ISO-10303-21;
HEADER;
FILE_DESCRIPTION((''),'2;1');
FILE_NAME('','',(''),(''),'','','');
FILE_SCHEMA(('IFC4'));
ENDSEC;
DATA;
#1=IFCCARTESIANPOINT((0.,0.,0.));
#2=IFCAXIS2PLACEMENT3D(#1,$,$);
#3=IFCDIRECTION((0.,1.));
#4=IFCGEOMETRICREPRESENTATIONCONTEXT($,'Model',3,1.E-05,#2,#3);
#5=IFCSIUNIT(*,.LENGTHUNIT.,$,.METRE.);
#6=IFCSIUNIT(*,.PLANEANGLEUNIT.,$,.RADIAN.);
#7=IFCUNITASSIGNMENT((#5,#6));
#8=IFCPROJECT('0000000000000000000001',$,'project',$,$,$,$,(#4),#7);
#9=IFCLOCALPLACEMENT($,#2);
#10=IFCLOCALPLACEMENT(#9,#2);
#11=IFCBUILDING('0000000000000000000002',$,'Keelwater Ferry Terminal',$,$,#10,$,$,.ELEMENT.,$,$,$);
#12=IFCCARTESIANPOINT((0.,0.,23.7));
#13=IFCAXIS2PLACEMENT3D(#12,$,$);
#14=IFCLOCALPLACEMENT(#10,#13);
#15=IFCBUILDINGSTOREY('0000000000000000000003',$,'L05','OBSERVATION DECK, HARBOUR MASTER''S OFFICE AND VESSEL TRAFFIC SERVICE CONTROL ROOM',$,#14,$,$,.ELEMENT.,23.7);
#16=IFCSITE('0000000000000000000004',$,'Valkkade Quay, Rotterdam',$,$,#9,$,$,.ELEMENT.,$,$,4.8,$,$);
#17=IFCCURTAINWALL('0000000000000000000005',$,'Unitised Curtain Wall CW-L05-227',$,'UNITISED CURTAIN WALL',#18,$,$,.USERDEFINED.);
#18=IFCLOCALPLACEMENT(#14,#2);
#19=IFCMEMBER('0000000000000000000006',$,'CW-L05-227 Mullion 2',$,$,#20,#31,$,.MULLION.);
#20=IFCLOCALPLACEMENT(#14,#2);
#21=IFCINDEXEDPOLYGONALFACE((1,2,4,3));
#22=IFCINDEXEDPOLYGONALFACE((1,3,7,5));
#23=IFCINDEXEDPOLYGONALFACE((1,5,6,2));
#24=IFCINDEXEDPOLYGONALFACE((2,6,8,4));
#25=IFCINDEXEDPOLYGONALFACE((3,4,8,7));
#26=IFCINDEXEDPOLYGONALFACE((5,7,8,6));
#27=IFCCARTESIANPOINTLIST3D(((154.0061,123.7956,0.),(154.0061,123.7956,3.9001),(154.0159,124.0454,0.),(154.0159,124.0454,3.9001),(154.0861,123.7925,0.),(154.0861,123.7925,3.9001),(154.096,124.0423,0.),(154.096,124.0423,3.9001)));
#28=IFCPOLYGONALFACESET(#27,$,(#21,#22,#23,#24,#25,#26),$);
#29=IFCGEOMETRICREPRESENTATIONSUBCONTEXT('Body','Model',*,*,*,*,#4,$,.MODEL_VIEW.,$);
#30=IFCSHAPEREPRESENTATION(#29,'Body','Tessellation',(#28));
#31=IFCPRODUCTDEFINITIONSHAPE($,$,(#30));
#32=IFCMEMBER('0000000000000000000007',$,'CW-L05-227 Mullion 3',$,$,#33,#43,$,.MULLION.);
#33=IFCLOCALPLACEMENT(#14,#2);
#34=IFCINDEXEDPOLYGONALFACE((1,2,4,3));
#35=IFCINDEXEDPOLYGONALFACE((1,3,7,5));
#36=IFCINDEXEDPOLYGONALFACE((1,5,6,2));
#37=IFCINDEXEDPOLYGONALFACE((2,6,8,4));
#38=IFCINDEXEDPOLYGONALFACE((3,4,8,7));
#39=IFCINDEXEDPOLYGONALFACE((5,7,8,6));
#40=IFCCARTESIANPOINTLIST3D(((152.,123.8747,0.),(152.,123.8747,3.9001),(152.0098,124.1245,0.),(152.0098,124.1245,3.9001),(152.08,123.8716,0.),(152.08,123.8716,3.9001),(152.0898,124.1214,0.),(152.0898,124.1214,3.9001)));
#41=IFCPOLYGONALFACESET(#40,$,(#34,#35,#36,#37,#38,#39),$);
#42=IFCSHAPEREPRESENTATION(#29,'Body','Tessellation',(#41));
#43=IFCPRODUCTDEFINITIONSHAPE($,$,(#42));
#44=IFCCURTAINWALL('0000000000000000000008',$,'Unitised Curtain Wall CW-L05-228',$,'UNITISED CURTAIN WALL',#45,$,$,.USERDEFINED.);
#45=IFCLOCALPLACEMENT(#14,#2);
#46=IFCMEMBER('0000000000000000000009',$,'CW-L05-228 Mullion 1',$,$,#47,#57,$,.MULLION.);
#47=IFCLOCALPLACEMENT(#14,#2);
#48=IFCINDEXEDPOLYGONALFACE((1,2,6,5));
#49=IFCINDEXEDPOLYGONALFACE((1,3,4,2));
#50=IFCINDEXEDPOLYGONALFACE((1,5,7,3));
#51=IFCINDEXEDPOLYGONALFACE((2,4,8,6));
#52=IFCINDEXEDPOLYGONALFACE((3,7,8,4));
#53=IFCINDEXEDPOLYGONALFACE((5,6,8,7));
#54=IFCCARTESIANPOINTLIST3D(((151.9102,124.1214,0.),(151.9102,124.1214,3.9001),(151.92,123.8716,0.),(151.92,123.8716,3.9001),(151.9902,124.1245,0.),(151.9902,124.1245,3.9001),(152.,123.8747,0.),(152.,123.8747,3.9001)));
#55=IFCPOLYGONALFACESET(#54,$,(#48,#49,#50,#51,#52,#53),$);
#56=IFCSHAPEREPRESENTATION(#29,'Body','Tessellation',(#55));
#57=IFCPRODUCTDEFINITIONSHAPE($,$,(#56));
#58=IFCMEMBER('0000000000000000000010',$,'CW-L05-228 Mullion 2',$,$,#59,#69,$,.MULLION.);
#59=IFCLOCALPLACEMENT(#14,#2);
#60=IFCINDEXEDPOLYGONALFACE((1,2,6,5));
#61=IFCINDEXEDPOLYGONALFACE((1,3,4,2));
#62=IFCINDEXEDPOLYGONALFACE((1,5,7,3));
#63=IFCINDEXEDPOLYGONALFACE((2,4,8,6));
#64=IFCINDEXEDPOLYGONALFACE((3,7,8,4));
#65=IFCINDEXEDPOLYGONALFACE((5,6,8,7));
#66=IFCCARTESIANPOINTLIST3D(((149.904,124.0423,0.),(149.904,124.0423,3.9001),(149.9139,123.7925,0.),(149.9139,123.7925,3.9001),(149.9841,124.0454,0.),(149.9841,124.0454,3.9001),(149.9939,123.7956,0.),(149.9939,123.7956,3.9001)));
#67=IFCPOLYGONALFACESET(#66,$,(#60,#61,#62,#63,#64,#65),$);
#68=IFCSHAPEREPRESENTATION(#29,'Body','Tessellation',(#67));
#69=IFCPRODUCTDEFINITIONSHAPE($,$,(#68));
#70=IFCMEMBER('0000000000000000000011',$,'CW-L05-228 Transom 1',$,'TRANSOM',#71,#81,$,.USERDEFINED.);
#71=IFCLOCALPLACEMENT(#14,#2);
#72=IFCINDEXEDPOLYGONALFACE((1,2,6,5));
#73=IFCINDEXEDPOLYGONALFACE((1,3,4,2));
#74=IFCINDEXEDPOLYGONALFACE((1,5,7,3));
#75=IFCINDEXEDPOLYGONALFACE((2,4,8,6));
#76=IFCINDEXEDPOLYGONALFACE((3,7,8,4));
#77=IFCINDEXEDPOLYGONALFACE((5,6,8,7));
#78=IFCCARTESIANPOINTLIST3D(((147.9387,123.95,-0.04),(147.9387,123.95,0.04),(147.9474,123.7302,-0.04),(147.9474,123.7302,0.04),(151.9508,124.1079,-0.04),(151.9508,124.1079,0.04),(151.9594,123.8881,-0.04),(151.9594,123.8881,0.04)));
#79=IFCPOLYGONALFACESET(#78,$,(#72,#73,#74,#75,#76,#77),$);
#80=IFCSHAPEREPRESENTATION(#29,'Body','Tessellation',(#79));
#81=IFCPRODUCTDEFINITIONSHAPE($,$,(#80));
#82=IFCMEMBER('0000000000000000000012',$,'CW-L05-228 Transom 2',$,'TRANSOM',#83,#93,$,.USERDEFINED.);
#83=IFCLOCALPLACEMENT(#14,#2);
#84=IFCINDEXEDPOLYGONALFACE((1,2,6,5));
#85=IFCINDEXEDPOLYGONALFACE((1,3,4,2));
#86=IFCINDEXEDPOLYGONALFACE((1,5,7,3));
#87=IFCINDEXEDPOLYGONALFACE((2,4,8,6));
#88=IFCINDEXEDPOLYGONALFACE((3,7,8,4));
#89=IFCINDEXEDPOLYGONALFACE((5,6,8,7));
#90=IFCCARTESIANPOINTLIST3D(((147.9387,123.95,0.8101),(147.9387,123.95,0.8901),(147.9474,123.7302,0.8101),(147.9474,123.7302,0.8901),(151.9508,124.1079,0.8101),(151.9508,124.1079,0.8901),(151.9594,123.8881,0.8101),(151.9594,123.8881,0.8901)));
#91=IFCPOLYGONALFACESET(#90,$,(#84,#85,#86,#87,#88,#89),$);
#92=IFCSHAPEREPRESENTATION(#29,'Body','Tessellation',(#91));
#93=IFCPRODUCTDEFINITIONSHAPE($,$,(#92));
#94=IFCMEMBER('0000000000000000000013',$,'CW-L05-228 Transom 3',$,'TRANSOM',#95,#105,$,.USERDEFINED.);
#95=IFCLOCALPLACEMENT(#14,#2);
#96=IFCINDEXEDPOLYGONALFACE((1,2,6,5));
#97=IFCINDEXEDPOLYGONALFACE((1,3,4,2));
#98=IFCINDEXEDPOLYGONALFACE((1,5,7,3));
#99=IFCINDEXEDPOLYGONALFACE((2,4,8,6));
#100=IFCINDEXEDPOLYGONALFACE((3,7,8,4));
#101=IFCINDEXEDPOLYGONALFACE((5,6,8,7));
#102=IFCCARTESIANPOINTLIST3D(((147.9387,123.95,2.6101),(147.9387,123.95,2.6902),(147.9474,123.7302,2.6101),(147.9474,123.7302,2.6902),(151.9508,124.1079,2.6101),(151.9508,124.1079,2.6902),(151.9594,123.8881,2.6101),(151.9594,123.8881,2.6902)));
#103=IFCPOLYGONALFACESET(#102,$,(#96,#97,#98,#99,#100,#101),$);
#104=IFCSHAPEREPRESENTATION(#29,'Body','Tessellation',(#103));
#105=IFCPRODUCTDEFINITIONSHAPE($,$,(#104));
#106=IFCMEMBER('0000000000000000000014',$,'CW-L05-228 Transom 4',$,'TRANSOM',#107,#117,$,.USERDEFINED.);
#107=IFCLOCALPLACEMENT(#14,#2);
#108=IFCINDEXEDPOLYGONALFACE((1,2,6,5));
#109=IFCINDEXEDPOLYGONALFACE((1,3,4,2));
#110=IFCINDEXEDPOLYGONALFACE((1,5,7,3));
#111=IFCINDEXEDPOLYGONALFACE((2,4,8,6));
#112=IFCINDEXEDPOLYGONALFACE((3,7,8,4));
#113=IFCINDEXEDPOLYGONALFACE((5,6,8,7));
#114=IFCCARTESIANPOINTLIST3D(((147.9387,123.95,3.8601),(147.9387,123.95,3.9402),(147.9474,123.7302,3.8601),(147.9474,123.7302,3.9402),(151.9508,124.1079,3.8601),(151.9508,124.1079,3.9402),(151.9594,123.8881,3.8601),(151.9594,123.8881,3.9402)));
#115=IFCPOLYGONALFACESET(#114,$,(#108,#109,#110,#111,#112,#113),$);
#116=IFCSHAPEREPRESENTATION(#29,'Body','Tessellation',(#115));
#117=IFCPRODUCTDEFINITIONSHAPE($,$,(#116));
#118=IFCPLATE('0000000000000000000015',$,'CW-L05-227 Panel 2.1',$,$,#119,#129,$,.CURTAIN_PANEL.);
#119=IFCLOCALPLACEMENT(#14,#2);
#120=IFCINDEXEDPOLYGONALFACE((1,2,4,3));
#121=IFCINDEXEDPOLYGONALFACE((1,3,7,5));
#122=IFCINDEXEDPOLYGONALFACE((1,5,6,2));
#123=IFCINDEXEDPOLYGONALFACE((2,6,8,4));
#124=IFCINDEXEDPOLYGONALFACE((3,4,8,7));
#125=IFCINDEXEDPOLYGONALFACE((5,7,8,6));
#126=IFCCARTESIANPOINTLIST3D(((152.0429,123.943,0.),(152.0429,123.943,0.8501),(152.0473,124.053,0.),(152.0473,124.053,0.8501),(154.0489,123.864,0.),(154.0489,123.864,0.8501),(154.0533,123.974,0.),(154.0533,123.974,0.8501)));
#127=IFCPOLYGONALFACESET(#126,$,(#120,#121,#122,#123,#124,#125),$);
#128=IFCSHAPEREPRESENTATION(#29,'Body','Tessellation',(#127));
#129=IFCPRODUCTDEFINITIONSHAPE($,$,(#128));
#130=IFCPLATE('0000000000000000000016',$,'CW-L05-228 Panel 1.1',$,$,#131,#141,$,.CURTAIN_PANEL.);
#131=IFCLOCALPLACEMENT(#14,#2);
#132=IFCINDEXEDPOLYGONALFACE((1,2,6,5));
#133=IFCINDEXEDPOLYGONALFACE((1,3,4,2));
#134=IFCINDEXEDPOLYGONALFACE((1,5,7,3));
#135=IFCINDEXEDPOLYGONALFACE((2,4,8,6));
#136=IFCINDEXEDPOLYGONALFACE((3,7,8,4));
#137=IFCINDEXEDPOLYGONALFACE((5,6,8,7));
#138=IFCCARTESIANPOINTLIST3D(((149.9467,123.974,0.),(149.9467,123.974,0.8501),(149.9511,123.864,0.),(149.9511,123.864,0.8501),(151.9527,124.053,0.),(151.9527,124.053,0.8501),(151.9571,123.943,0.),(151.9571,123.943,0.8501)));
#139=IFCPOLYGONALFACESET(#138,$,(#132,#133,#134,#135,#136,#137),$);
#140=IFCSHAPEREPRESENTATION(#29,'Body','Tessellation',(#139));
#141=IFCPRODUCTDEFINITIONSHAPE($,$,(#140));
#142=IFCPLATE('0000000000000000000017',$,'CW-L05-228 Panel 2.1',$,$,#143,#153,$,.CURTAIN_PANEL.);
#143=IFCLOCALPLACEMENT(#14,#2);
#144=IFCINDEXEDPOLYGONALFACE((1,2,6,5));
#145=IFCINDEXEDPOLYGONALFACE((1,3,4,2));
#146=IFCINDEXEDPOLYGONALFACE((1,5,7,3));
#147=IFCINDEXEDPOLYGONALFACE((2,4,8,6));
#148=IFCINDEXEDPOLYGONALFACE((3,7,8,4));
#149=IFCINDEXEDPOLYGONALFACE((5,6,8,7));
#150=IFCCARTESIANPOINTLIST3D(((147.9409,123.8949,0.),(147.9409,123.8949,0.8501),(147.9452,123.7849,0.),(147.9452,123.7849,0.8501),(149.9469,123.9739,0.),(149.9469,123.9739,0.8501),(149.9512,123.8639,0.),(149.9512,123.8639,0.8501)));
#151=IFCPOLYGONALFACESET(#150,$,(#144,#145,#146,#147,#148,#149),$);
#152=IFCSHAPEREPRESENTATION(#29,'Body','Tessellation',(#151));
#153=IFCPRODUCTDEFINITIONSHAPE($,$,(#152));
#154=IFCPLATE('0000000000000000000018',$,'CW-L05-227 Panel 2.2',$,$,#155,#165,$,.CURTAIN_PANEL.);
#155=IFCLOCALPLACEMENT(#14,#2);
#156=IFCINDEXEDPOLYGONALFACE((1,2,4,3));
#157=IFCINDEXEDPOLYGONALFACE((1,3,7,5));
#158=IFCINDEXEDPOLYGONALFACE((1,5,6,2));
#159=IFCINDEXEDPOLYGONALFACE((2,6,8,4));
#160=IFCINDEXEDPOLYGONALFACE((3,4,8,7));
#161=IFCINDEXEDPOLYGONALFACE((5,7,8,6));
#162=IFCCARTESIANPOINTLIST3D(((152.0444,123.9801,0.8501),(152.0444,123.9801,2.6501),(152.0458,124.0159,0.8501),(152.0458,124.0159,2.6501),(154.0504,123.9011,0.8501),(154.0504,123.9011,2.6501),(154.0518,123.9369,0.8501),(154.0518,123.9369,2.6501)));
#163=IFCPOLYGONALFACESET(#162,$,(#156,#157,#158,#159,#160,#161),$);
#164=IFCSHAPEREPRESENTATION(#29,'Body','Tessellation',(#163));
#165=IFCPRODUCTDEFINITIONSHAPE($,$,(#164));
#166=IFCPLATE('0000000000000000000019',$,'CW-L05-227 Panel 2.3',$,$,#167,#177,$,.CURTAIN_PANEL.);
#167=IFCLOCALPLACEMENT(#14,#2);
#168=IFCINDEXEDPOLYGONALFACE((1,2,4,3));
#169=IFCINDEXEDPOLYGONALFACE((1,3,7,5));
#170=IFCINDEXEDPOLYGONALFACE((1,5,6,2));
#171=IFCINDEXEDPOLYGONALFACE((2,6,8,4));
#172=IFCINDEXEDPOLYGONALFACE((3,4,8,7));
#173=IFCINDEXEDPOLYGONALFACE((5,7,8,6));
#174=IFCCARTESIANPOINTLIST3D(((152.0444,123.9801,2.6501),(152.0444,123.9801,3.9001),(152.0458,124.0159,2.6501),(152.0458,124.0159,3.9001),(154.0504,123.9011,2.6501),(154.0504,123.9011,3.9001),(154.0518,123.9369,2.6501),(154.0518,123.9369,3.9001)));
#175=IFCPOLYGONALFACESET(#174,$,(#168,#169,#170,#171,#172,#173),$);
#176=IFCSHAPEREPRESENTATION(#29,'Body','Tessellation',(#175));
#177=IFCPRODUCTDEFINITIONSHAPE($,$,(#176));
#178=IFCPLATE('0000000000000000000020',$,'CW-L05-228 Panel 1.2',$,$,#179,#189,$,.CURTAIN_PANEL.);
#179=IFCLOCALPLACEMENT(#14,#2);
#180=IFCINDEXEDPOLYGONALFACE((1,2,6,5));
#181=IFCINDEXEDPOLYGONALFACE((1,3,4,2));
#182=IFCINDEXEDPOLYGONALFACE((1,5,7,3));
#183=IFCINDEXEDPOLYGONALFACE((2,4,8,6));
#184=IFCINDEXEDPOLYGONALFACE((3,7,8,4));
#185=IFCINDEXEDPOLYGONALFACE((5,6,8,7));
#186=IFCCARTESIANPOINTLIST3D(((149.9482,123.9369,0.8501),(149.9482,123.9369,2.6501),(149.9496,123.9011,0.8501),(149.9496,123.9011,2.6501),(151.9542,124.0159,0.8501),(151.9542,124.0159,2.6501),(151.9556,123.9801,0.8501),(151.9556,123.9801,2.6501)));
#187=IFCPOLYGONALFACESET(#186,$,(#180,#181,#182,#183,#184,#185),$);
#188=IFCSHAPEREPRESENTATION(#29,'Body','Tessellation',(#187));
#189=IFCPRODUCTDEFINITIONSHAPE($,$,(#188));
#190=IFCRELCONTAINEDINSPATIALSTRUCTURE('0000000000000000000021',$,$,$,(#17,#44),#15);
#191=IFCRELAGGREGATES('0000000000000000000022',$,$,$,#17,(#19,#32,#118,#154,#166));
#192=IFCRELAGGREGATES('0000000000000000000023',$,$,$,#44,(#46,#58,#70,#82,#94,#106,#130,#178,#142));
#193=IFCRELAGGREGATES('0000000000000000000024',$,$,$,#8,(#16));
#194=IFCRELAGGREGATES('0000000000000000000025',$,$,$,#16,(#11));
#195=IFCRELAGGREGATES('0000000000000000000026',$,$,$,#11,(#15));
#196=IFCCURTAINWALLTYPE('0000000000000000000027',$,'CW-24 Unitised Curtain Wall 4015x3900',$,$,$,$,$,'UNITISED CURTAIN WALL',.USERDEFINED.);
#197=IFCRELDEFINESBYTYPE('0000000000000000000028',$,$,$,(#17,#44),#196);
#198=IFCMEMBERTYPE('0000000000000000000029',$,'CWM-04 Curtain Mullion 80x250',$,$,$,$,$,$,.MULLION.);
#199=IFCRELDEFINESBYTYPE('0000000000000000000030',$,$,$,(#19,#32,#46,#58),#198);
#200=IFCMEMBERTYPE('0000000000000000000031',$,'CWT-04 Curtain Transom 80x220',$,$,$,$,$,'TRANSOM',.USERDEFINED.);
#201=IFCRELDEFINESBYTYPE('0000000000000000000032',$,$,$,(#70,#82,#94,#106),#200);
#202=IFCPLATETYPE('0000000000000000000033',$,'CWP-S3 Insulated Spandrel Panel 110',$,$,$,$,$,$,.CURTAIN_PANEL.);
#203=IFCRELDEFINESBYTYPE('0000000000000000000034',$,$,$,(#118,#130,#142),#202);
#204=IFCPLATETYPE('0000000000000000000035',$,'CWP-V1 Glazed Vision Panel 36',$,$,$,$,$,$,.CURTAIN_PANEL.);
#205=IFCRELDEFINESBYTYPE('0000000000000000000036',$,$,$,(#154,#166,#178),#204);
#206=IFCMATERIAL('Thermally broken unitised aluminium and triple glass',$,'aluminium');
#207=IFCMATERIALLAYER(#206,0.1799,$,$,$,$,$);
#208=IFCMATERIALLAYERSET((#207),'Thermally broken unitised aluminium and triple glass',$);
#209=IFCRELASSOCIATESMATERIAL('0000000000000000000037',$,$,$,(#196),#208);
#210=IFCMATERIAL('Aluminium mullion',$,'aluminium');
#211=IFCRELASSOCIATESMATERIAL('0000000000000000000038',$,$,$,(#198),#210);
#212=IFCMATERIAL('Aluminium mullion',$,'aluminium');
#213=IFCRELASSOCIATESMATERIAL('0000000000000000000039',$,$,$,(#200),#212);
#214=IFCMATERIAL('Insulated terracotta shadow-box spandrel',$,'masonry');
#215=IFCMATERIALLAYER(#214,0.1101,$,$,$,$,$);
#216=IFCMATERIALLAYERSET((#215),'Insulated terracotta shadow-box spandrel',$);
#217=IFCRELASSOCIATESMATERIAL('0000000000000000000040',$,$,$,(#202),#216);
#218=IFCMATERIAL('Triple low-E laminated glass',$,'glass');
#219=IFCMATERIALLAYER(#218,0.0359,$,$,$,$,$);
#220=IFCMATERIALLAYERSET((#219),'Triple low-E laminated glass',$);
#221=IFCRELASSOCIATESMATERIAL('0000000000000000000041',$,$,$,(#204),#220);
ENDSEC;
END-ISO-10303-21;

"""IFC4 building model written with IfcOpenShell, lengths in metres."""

from ifc_helpers import new_model, si_unit, direction, frame, origin, origin_2d, place, context, subcontext, project, spatial, rectangle, extrude, material, layer, layer_set, material_profile, profile_set, type_object, element, aggregate, save


model = new_model("IFC4")

# Units and contexts
model_context = context("Model", 3, precision=1e-05, world=origin(), true_north=direction((0.0, 1.0)))
body_context = subcontext(model_context, "Body", "Model", "MODEL_VIEW")
ifc_project = project(units=[si_unit("LENGTHUNIT", "METRE"), si_unit("PLANEANGLEUNIT", "RADIAN")], contexts=[model_context])

# Site, building, storey
site_placement = place(None, origin())
site = spatial("IfcSite", under=ifc_project, at=site_placement, Name="Valkkade Quay, Rotterdam", CompositionType="ELEMENT", RefElevation=4.8)
building_placement = place(site_placement, origin())
building = spatial("IfcBuilding", under=site, at=building_placement, Name="Keelwater Ferry Terminal", CompositionType="ELEMENT")
storey_placement = place(building_placement, frame((0.0, 0.0, 23.7)))
storey = spatial("IfcBuildingStorey", under=building, at=storey_placement, Name="L05", Description="OBSERVATION DECK, HARBOUR MASTER'S OFFICE AND VESSEL TRAFFIC SERVICE CONTROL ROOM", CompositionType="ELEMENT", Elevation=23.7)

# Curtain walls, members
ifc_material_1 = material(Name="Thermally broken unitised aluminium and triple glass", Category="aluminium")
ifc_layer_1 = layer(ifc_material_1, 0.1799)
ifc_layer_set_1 = layer_set([ifc_layer_1], Name="Thermally broken unitised aluminium and triple glass")
curtain_wall_type = type_object("IfcCurtainWallType", Name="CW-24 Unitised Curtain Wall 4015x3900", ElementType="UNITISED CURTAIN WALL", PredefinedType="USERDEFINED", material=ifc_layer_set_1)
curtain_wall_1_placement = place(storey_placement, origin())
curtain_wall_1 = element("IfcCurtainWall", 1, at=curtain_wall_1_placement, inside=storey, type_object=curtain_wall_type, Name="Unitised Curtain Wall CW-L05-227", ObjectType="UNITISED CURTAIN WALL", PredefinedType="USERDEFINED")
ifc_material_2 = material(Name="Aluminium mullion", Category="aluminium")
ifc_material_profile_1 = material_profile(ifc_material_2, rectangle(XDim=0.0801, YDim=0.25, at=origin_2d()), Name="CWM-04")
ifc_profile_set_1 = profile_set([ifc_material_profile_1], Name="Aluminium mullion")
member_type_1 = type_object("IfcMemberType", Name="CWM-04 Curtain Mullion 80x250", PredefinedType="MULLION", material=ifc_profile_set_1)
member_1_placement = place(storey_placement, frame((154.051, 123.9189, 0.0), z_axis=(0.0, 0.0, 1.0), x_axis=(-0.999225, 0.039351, 0.0)))
member_1 = element("IfcMember", 2, at=member_1_placement, type_object=member_type_1, Name="CW-L05-227 Mullion 2", PredefinedType="MULLION", context=body_context, shape_type="SweptSolid", body=[
    extrude(rectangle(XDim=0.0801, YDim=0.25, at=origin_2d()), origin(), (0.0, 0.0, 1.0), 3.9001),
])
member_2_placement = place(storey_placement, frame((152.0449, 123.998, 0.0), z_axis=(0.0, 0.0, 1.0), x_axis=(-0.999225, 0.039351, 0.0)))
member_2 = element("IfcMember", 3, at=member_2_placement, type_object=member_type_1, Name="CW-L05-227 Mullion 3", PredefinedType="MULLION", context=body_context, shape_type="SweptSolid", body=[
    extrude(rectangle(XDim=0.0801, YDim=0.25, at=origin_2d()), origin(), (0.0, 0.0, 1.0), 3.9001),
])
curtain_wall_2_placement = place(storey_placement, origin())
curtain_wall_2 = element("IfcCurtainWall", 4, at=curtain_wall_2_placement, inside=storey, type_object=curtain_wall_type, Name="Unitised Curtain Wall CW-L05-228", ObjectType="UNITISED CURTAIN WALL", PredefinedType="USERDEFINED")
member_3_placement = place(storey_placement, frame((151.9551, 123.998, 0.0), z_axis=(0.0, 0.0, 1.0), x_axis=(-0.999225, -0.039351, 0.0)))
member_3 = element("IfcMember", 5, at=member_3_placement, type_object=member_type_1, Name="CW-L05-228 Mullion 1", PredefinedType="MULLION", context=body_context, shape_type="SweptSolid", body=[
    extrude(rectangle(XDim=0.0801, YDim=0.25, at=origin_2d()), origin(), (0.0, 0.0, 1.0), 3.9001),
])
member_4_placement = place(storey_placement, frame((149.949, 123.9189, 0.0), z_axis=(0.0, 0.0, 1.0), x_axis=(-0.999225, -0.039351, 0.0)))
member_4 = element("IfcMember", 6, at=member_4_placement, type_object=member_type_1, Name="CW-L05-228 Mullion 2", PredefinedType="MULLION", context=body_context, shape_type="SweptSolid", body=[
    extrude(rectangle(XDim=0.0801, YDim=0.25, at=origin_2d()), origin(), (0.0, 0.0, 1.0), 3.9001),
])
ifc_material_3 = material(Name="Aluminium mullion", Category="aluminium")
ifc_material_profile_2 = material_profile(ifc_material_3, rectangle(XDim=0.22, YDim=0.0801, at=origin_2d()), Name="CWT-04")
ifc_profile_set_2 = profile_set([ifc_material_profile_2], Name="Aluminium mullion")
member_type_2 = type_object("IfcMemberType", Name="CWT-04 Curtain Transom 80x220", ElementType="TRANSOM", PredefinedType="USERDEFINED", material=ifc_profile_set_2)
member_5_placement = place(storey_placement, frame((151.9551, 123.998, 0.0), z_axis=(-0.999226, -0.039342, 0.0), x_axis=(0.039342, -0.999226, 0.0)))
member_5 = element("IfcMember", 7, at=member_5_placement, type_object=member_type_2, Name="CW-L05-228 Transom 1", ObjectType="TRANSOM", PredefinedType="USERDEFINED", context=body_context, shape_type="SweptSolid", body=[
    extrude(rectangle(XDim=0.22, YDim=0.0801, at=origin_2d()), origin(), (0.0, 0.0, 1.0), 4.0151),
])
member_6_placement = place(storey_placement, frame((151.9551, 123.998, 0.8501), z_axis=(-0.999226, -0.039342, 0.0), x_axis=(0.039342, -0.999226, 0.0)))
member_6 = element("IfcMember", 8, at=member_6_placement, type_object=member_type_2, Name="CW-L05-228 Transom 2", ObjectType="TRANSOM", PredefinedType="USERDEFINED", context=body_context, shape_type="SweptSolid", body=[
    extrude(rectangle(XDim=0.22, YDim=0.0801, at=origin_2d()), origin(), (0.0, 0.0, 1.0), 4.0151),
])
member_7_placement = place(storey_placement, frame((151.9551, 123.998, 2.6501), z_axis=(-0.999226, -0.039342, 0.0), x_axis=(0.039342, -0.999226, 0.0)))
member_7 = element("IfcMember", 9, at=member_7_placement, type_object=member_type_2, Name="CW-L05-228 Transom 3", ObjectType="TRANSOM", PredefinedType="USERDEFINED", context=body_context, shape_type="SweptSolid", body=[
    extrude(rectangle(XDim=0.22, YDim=0.0801, at=origin_2d()), origin(), (0.0, 0.0, 1.0), 4.0151),
])
member_8_placement = place(storey_placement, frame((151.9551, 123.998, 3.9001), z_axis=(-0.999226, -0.039342, 0.0), x_axis=(0.039342, -0.999226, 0.0)))
member_8 = element("IfcMember", 10, at=member_8_placement, type_object=member_type_2, Name="CW-L05-228 Transom 4", ObjectType="TRANSOM", PredefinedType="USERDEFINED", context=body_context, shape_type="SweptSolid", body=[
    extrude(rectangle(XDim=0.22, YDim=0.0801, at=origin_2d()), origin(), (0.0, 0.0, 1.0), 4.0151),
])

# Plates
ifc_material_4 = material(Name="Insulated terracotta shadow-box spandrel", Category="masonry")
ifc_layer_2 = layer(ifc_material_4, 0.1101)
ifc_layer_set_2 = layer_set([ifc_layer_2], Name="Insulated terracotta shadow-box spandrel")
plate_type_1 = type_object("IfcPlateType", Name="CWP-S3 Insulated Spandrel Panel 110", PredefinedType="CURTAIN_PANEL", material=ifc_layer_set_2)
plate_1_placement = place(storey_placement, frame((153.0481, 123.9585, 0.0), z_axis=(0.0, 0.0, 1.0), x_axis=(-0.999225, 0.039351, 0.0)))
plate_1 = element("IfcPlate", 11, at=plate_1_placement, type_object=plate_type_1, Name="CW-L05-227 Panel 2.1", PredefinedType="CURTAIN_PANEL", context=body_context, shape_type="SweptSolid", body=[
    extrude(rectangle(XDim=2.0076, YDim=0.1101, at=origin_2d()), origin(), (0.0, 0.0, 1.0), 0.8501),
])
plate_2_placement = place(storey_placement, frame((150.9519, 123.9585, 0.0), z_axis=(0.0, 0.0, 1.0), x_axis=(-0.999225, -0.039351, 0.0)))
plate_2 = element("IfcPlate", 12, at=plate_2_placement, type_object=plate_type_1, Name="CW-L05-228 Panel 1.1", PredefinedType="CURTAIN_PANEL", context=body_context, shape_type="SweptSolid", body=[
    extrude(rectangle(XDim=2.0076, YDim=0.1101, at=origin_2d()), origin(), (0.0, 0.0, 1.0), 0.8501),
])
plate_3_placement = place(storey_placement, frame((148.946, 123.8794, 0.0), z_axis=(0.0, 0.0, 1.0), x_axis=(-0.999225, -0.039351, 0.0)))
plate_3 = element("IfcPlate", 13, at=plate_3_placement, type_object=plate_type_1, Name="CW-L05-228 Panel 2.1", PredefinedType="CURTAIN_PANEL", context=body_context, shape_type="SweptSolid", body=[
    extrude(rectangle(XDim=2.0076, YDim=0.1101, at=origin_2d()), origin(), (0.0, 0.0, 1.0), 0.8501),
])
ifc_material_5 = material(Name="Triple low-E laminated glass", Category="glass")
ifc_layer_3 = layer(ifc_material_5, 0.0359)
ifc_layer_set_3 = layer_set([ifc_layer_3], Name="Triple low-E laminated glass")
plate_type_2 = type_object("IfcPlateType", Name="CWP-V1 Glazed Vision Panel 36", PredefinedType="CURTAIN_PANEL", material=ifc_layer_set_3)
plate_4_placement = place(storey_placement, frame((153.0481, 123.9585, 0.8501), z_axis=(0.0, 0.0, 1.0), x_axis=(-0.999225, 0.039351, 0.0)))
plate_4 = element("IfcPlate", 14, at=plate_4_placement, type_object=plate_type_2, Name="CW-L05-227 Panel 2.2", PredefinedType="CURTAIN_PANEL", context=body_context, shape_type="SweptSolid", body=[
    extrude(rectangle(XDim=2.0076, YDim=0.0359, at=origin_2d()), origin(), (0.0, 0.0, 1.0), 1.8),
])
plate_5_placement = place(storey_placement, frame((153.0481, 123.9585, 2.6501), z_axis=(0.0, 0.0, 1.0), x_axis=(-0.999225, 0.039351, 0.0)))
plate_5 = element("IfcPlate", 15, at=plate_5_placement, type_object=plate_type_2, Name="CW-L05-227 Panel 2.3", PredefinedType="CURTAIN_PANEL", context=body_context, shape_type="SweptSolid", body=[
    extrude(rectangle(XDim=2.0076, YDim=0.0359, at=origin_2d()), origin(), (0.0, 0.0, 1.0), 1.25),
])
aggregate(curtain_wall_1, [member_1, member_2, plate_1, plate_4, plate_5])
plate_6_placement = place(storey_placement, frame((150.9519, 123.9585, 0.8501), z_axis=(0.0, 0.0, 1.0), x_axis=(-0.999225, -0.039351, 0.0)))
plate_6 = element("IfcPlate", 16, at=plate_6_placement, type_object=plate_type_2, Name="CW-L05-228 Panel 1.2", PredefinedType="CURTAIN_PANEL", context=body_context, shape_type="SweptSolid", body=[
    extrude(rectangle(XDim=2.0076, YDim=0.0359, at=origin_2d()), origin(), (0.0, 0.0, 1.0), 1.8),
])
aggregate(curtain_wall_2, [member_3, member_4, member_5, member_6, member_7, member_8, plate_2, plate_6, plate_3])

save(model, "model.ifc")
